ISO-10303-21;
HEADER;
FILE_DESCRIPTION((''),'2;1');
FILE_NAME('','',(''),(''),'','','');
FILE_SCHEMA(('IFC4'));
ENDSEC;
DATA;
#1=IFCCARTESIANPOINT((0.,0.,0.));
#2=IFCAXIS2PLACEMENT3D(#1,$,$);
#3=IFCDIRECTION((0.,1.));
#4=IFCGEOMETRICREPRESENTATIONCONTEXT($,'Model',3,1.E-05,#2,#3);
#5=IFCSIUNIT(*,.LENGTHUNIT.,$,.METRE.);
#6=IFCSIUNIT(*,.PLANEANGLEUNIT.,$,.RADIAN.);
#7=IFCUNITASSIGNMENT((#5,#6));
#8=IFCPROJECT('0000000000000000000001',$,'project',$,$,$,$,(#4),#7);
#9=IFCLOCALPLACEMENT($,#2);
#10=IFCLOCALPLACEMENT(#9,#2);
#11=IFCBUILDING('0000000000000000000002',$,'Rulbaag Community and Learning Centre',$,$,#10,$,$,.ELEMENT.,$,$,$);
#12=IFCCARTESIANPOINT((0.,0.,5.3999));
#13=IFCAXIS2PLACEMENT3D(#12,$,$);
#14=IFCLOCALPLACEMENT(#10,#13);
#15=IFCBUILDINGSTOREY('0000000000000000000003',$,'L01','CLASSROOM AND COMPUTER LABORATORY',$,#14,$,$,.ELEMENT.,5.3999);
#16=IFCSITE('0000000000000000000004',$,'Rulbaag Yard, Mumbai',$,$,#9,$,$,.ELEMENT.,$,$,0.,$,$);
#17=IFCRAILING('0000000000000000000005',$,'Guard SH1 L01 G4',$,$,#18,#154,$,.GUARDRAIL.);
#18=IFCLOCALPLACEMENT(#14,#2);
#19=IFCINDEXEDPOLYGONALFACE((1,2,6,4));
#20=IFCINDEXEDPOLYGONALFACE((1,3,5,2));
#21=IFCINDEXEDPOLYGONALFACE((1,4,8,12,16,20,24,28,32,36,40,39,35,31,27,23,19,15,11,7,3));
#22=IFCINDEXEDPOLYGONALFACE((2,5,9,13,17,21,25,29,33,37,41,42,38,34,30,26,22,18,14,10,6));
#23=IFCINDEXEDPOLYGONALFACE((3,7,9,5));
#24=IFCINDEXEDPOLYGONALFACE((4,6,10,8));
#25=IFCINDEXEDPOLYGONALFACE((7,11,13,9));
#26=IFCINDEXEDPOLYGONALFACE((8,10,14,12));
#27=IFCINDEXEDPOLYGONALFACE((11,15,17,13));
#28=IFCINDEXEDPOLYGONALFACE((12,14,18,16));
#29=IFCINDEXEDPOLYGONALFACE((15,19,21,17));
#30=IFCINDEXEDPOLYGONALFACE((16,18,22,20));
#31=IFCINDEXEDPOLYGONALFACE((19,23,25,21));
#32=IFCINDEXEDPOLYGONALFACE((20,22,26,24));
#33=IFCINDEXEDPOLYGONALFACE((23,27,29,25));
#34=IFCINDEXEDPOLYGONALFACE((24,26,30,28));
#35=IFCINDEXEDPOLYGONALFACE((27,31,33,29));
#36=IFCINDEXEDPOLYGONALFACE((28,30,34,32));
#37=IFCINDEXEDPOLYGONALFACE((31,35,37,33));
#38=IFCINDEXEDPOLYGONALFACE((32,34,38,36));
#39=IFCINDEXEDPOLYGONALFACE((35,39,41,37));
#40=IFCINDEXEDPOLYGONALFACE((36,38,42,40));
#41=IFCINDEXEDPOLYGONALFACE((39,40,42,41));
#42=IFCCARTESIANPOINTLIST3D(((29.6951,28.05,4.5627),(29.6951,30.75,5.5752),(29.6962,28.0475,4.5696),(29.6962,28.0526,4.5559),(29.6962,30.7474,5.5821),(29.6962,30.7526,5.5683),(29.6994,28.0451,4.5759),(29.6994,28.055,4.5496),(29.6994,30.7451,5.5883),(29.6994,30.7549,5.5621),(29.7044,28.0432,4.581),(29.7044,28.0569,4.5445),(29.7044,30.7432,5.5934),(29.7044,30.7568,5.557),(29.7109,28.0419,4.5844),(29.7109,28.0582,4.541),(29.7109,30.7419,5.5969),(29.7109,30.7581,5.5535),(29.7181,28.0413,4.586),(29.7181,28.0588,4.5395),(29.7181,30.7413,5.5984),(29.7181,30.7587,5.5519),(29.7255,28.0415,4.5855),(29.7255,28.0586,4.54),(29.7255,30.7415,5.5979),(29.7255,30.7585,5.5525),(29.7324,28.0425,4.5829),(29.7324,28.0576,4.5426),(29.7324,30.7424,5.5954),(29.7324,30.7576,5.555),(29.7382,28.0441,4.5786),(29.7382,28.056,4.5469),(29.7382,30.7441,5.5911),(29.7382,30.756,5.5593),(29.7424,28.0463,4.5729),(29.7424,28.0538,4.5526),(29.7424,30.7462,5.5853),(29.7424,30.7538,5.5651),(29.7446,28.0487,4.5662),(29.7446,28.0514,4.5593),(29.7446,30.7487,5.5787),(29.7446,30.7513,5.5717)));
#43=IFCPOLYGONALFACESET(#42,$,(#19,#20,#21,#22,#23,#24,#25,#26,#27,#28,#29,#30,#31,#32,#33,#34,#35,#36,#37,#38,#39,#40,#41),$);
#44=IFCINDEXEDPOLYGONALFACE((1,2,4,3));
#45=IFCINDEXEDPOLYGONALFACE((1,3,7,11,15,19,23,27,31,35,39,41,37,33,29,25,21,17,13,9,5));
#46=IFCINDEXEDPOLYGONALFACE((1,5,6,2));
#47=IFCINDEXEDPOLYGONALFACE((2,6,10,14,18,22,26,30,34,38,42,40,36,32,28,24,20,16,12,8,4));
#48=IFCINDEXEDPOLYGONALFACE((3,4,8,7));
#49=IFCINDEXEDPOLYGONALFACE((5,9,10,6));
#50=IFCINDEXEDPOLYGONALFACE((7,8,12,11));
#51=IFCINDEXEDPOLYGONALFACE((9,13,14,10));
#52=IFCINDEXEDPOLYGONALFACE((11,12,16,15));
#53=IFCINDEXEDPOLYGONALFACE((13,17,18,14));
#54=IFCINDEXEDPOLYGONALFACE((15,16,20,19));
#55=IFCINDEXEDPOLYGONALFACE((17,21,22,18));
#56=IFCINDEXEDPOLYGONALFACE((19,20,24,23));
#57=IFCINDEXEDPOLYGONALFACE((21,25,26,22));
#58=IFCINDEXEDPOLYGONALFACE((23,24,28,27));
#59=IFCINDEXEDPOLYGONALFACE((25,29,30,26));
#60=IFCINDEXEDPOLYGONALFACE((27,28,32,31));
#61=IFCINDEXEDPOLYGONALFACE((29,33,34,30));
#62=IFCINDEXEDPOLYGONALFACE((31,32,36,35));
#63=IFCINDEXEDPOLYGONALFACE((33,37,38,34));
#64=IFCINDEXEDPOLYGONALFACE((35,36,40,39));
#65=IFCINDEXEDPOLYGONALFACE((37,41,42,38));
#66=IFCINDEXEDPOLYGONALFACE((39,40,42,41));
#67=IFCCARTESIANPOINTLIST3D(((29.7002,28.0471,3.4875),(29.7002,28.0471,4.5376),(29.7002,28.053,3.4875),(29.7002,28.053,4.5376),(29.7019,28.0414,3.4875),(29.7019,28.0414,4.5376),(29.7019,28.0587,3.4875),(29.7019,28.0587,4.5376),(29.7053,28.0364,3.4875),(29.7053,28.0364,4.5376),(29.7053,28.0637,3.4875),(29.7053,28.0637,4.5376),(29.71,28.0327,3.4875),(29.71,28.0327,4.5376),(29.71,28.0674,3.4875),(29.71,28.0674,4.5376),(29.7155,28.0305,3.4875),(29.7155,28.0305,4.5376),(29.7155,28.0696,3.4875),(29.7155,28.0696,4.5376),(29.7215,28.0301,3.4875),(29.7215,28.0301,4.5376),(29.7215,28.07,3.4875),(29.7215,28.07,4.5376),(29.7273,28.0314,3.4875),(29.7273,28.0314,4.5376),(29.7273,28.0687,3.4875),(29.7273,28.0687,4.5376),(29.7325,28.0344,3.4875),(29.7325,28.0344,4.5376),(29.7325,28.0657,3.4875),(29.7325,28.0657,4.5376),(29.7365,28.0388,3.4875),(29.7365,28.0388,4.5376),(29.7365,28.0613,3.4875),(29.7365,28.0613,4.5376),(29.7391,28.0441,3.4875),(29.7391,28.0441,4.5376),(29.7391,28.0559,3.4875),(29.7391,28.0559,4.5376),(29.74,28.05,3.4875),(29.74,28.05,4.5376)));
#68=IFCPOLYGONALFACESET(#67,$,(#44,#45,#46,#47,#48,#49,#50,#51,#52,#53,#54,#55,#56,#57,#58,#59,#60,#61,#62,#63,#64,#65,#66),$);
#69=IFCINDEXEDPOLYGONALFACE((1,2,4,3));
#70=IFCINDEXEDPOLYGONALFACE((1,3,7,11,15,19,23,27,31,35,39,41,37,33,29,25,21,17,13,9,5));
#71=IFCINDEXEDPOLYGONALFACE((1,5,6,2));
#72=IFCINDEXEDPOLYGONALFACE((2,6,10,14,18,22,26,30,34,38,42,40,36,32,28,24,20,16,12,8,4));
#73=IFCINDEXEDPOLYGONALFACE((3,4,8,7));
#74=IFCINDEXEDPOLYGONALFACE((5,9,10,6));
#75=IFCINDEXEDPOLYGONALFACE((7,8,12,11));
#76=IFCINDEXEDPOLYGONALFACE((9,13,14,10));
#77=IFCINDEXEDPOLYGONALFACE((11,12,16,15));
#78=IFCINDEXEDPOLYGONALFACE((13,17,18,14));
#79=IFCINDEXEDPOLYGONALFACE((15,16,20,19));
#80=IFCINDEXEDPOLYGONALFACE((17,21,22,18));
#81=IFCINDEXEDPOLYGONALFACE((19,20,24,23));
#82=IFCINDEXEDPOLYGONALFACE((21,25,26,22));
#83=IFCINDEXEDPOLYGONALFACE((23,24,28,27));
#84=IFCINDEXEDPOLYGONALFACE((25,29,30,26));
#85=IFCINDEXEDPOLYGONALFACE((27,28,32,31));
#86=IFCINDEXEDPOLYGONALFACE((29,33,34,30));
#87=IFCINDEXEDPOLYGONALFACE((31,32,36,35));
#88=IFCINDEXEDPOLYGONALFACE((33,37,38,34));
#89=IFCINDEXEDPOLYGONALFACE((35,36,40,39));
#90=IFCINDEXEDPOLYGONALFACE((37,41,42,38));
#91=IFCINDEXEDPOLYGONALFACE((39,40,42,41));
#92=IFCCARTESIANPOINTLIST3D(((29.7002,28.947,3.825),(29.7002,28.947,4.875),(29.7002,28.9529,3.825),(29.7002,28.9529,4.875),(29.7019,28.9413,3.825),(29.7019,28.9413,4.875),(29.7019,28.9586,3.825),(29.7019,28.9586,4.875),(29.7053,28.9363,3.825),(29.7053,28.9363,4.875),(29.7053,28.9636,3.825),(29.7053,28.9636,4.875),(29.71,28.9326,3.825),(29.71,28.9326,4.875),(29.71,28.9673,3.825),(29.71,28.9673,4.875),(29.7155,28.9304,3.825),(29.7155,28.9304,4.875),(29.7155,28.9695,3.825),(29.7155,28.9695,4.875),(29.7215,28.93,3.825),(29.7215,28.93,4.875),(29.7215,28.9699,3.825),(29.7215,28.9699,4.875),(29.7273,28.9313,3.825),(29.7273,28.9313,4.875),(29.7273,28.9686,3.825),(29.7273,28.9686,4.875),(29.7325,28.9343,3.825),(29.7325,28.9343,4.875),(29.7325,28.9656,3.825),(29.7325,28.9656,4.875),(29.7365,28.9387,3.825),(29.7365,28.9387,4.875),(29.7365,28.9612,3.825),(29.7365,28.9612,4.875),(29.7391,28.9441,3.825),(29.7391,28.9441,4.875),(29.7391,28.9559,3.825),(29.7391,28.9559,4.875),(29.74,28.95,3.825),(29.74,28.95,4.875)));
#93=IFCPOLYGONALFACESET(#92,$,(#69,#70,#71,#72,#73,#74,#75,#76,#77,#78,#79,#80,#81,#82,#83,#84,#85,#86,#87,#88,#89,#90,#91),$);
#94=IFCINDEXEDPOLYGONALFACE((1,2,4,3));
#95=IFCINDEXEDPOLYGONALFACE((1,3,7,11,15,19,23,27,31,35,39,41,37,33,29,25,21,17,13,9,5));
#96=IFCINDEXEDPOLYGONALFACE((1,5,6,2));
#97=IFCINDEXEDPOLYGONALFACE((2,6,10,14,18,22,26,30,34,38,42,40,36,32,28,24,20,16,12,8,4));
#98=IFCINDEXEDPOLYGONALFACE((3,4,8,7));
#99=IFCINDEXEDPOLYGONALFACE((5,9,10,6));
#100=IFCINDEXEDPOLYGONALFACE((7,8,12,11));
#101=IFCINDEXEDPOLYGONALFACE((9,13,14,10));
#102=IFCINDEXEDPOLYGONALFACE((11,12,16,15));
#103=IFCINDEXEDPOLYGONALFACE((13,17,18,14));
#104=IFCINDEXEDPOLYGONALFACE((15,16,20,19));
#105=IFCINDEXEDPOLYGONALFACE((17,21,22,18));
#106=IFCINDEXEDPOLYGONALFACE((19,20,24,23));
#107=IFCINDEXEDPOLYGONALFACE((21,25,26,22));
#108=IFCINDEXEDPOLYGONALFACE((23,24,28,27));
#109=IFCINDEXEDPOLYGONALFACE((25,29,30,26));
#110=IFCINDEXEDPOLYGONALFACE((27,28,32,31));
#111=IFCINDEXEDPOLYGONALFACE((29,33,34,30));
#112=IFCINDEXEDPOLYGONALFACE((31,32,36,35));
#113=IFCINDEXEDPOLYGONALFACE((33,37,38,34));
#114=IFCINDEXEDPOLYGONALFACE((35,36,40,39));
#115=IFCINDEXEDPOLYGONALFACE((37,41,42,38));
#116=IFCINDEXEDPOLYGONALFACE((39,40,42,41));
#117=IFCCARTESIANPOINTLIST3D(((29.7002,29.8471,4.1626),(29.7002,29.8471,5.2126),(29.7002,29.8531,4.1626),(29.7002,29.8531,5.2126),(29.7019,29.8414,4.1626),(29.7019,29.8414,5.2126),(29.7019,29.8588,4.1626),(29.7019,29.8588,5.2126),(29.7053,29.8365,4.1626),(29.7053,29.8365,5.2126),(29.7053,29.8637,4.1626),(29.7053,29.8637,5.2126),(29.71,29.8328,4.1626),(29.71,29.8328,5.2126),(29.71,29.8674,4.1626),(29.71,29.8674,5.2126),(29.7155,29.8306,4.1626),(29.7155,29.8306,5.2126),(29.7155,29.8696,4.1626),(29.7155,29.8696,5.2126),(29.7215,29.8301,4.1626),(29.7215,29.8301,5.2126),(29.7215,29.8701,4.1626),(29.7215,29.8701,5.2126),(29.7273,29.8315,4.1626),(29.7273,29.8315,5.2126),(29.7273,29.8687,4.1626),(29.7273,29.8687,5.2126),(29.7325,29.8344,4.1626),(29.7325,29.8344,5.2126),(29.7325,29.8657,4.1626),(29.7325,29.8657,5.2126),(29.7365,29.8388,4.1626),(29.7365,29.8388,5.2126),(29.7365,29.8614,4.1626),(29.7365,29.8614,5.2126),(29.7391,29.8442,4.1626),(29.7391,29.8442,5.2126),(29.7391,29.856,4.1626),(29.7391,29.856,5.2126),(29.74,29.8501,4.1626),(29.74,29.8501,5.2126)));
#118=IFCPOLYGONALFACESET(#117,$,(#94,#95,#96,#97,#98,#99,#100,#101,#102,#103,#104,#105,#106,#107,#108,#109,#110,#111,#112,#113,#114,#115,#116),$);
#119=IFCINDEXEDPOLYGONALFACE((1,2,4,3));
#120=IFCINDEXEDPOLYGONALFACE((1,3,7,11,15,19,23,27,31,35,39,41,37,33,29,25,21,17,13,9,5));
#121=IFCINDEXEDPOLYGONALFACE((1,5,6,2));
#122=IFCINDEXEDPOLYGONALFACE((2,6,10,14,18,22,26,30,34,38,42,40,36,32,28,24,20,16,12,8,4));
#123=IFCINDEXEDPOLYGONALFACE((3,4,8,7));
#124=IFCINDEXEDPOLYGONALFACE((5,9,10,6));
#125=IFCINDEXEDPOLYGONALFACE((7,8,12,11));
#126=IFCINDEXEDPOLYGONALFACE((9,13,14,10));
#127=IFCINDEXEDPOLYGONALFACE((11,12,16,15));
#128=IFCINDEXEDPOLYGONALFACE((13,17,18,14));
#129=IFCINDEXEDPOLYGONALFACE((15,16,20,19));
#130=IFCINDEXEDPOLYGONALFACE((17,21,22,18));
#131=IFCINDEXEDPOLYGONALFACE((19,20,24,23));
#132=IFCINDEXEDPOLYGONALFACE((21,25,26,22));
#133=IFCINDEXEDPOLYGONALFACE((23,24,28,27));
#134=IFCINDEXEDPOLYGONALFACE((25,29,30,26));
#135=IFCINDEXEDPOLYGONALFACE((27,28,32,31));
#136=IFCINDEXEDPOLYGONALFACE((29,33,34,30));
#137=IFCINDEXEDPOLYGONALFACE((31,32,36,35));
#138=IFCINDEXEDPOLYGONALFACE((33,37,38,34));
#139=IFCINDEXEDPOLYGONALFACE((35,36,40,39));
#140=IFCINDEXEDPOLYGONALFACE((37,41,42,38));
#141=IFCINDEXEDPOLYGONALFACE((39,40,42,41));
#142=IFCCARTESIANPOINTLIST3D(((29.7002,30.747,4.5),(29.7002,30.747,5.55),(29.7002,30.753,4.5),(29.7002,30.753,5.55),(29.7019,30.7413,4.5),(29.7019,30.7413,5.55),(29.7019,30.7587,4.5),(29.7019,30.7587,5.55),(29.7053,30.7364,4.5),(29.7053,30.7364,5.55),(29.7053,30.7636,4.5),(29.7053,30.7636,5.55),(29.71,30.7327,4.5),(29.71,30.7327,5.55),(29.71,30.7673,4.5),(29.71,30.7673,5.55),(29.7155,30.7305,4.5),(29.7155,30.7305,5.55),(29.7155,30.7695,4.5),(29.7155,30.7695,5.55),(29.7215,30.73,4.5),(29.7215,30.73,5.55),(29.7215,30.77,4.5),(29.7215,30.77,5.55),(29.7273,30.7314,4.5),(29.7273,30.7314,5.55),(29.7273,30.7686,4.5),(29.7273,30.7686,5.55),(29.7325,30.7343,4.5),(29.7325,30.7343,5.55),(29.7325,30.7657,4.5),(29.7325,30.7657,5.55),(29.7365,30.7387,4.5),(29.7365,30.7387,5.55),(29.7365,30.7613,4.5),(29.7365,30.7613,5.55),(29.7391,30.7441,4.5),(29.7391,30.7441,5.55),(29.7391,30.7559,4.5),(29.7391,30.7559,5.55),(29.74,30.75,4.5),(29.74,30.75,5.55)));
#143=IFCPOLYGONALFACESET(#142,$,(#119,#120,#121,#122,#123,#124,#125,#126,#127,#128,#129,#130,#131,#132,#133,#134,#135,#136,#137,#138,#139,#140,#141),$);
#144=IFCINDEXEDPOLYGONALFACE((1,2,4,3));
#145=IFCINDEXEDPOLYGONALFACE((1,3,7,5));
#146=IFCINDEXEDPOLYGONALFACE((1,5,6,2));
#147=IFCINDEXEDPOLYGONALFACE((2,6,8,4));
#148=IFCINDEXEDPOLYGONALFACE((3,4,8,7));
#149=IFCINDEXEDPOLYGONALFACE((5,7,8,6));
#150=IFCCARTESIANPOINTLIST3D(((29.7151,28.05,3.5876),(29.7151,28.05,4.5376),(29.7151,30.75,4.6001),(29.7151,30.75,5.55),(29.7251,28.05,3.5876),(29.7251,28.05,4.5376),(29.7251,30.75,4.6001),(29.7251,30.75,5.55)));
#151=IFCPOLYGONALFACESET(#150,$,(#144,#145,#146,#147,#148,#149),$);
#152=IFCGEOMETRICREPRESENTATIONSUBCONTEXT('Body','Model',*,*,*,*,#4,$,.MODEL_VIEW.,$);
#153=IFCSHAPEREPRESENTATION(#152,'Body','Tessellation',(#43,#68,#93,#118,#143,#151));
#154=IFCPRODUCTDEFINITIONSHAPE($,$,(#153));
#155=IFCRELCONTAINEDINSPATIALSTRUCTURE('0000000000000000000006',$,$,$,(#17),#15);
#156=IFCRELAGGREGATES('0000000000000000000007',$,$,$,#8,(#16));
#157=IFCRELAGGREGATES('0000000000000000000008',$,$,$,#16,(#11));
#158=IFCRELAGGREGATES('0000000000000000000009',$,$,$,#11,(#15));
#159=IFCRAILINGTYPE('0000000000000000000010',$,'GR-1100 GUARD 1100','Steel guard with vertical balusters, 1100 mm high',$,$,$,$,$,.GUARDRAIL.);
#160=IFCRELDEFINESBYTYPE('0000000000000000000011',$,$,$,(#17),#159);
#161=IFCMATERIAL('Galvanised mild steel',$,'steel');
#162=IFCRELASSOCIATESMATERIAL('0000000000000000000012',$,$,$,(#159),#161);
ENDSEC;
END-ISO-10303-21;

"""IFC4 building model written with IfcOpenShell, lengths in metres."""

from ifc_helpers import new_model, si_unit, direction, frame, origin, origin_2d, place, context, subcontext, project, spatial, polyline, circle, outline, extrude, material, type_object, element, save


model = new_model("IFC4")

# Units and contexts
model_context = context("Model", 3, precision=1e-05, world=origin(), true_north=direction((0.0, 1.0)))
body_context = subcontext(model_context, "Body", "Model", "MODEL_VIEW")
ifc_project = project(units=[si_unit("LENGTHUNIT", "METRE"), si_unit("PLANEANGLEUNIT", "RADIAN")], contexts=[model_context])

# Site, building, storey
site_placement = place(None, origin())
site = spatial("IfcSite", under=ifc_project, at=site_placement, Name="Rulbaag Yard, Mumbai", CompositionType="ELEMENT", RefElevation=0.0)
building_placement = place(site_placement, origin())
building = spatial("IfcBuilding", under=site, at=building_placement, Name="Rulbaag Community and Learning Centre", CompositionType="ELEMENT")
storey_placement = place(building_placement, frame((0.0, 0.0, 5.3999)))
storey = spatial("IfcBuildingStorey", under=building, at=storey_placement, Name="L01", Description="CLASSROOM AND COMPUTER LABORATORY", CompositionType="ELEMENT", Elevation=5.3999)

# Railing
ifc_material_1 = material(Name="Galvanised mild steel", Category="steel")
railing_type_1 = type_object("IfcRailingType", Name="GR-1100 GUARD 1100", Description="Steel guard with vertical balusters, 1100 mm high", PredefinedType="GUARDRAIL", material=ifc_material_1)
railing_1_placement = place(storey_placement, frame((29.72, 28.05, 3.4875)))
element("IfcRailing", 1, at=railing_1_placement, inside=storey, type_object=railing_type_1, Name="Guard SH1 L01 G4", PredefinedType="GUARDRAIL", context=body_context, shape_type="SweptSolid", body=[
    extrude(circle(Radius=0.0249, at=origin_2d()), frame((0.0, 0.0, 1.0752), z_axis=(0.0, 0.936333, 0.351114), x_axis=(-1.0, 0.0, 0.0)), (0.0, 0.0, 1.0), 2.8835),
    extrude(circle(Radius=0.02, at=origin_2d()), origin(), (0.0, 0.0, 1.0), 1.05),
    extrude(circle(Radius=0.02, at=origin_2d()), frame((0.0, 0.8999, 0.3374)), (0.0, 0.0, 1.0), 1.05),
    extrude(circle(Radius=0.02, at=origin_2d()), frame((0.0, 1.8, 0.675)), (0.0, 0.0, 1.0), 1.05),
    extrude(circle(Radius=0.02, at=origin_2d()), frame((0.0, 2.7, 1.0125)), (0.0, 0.0, 1.0), 1.05),
    extrude(outline(polyline([(0.0, 0.0), (2.7, 1.0125), (2.7, 1.9624), (0.0, 0.95), (0.0, 0.0)])), frame((-0.0049, 0.0, 0.1001), z_axis=(1.0, 0.0, 0.0), x_axis=(0.0, 1.0, 0.0)), (0.0, 0.0, 1.0), 0.01),
])

save(model, "model.ifc")
